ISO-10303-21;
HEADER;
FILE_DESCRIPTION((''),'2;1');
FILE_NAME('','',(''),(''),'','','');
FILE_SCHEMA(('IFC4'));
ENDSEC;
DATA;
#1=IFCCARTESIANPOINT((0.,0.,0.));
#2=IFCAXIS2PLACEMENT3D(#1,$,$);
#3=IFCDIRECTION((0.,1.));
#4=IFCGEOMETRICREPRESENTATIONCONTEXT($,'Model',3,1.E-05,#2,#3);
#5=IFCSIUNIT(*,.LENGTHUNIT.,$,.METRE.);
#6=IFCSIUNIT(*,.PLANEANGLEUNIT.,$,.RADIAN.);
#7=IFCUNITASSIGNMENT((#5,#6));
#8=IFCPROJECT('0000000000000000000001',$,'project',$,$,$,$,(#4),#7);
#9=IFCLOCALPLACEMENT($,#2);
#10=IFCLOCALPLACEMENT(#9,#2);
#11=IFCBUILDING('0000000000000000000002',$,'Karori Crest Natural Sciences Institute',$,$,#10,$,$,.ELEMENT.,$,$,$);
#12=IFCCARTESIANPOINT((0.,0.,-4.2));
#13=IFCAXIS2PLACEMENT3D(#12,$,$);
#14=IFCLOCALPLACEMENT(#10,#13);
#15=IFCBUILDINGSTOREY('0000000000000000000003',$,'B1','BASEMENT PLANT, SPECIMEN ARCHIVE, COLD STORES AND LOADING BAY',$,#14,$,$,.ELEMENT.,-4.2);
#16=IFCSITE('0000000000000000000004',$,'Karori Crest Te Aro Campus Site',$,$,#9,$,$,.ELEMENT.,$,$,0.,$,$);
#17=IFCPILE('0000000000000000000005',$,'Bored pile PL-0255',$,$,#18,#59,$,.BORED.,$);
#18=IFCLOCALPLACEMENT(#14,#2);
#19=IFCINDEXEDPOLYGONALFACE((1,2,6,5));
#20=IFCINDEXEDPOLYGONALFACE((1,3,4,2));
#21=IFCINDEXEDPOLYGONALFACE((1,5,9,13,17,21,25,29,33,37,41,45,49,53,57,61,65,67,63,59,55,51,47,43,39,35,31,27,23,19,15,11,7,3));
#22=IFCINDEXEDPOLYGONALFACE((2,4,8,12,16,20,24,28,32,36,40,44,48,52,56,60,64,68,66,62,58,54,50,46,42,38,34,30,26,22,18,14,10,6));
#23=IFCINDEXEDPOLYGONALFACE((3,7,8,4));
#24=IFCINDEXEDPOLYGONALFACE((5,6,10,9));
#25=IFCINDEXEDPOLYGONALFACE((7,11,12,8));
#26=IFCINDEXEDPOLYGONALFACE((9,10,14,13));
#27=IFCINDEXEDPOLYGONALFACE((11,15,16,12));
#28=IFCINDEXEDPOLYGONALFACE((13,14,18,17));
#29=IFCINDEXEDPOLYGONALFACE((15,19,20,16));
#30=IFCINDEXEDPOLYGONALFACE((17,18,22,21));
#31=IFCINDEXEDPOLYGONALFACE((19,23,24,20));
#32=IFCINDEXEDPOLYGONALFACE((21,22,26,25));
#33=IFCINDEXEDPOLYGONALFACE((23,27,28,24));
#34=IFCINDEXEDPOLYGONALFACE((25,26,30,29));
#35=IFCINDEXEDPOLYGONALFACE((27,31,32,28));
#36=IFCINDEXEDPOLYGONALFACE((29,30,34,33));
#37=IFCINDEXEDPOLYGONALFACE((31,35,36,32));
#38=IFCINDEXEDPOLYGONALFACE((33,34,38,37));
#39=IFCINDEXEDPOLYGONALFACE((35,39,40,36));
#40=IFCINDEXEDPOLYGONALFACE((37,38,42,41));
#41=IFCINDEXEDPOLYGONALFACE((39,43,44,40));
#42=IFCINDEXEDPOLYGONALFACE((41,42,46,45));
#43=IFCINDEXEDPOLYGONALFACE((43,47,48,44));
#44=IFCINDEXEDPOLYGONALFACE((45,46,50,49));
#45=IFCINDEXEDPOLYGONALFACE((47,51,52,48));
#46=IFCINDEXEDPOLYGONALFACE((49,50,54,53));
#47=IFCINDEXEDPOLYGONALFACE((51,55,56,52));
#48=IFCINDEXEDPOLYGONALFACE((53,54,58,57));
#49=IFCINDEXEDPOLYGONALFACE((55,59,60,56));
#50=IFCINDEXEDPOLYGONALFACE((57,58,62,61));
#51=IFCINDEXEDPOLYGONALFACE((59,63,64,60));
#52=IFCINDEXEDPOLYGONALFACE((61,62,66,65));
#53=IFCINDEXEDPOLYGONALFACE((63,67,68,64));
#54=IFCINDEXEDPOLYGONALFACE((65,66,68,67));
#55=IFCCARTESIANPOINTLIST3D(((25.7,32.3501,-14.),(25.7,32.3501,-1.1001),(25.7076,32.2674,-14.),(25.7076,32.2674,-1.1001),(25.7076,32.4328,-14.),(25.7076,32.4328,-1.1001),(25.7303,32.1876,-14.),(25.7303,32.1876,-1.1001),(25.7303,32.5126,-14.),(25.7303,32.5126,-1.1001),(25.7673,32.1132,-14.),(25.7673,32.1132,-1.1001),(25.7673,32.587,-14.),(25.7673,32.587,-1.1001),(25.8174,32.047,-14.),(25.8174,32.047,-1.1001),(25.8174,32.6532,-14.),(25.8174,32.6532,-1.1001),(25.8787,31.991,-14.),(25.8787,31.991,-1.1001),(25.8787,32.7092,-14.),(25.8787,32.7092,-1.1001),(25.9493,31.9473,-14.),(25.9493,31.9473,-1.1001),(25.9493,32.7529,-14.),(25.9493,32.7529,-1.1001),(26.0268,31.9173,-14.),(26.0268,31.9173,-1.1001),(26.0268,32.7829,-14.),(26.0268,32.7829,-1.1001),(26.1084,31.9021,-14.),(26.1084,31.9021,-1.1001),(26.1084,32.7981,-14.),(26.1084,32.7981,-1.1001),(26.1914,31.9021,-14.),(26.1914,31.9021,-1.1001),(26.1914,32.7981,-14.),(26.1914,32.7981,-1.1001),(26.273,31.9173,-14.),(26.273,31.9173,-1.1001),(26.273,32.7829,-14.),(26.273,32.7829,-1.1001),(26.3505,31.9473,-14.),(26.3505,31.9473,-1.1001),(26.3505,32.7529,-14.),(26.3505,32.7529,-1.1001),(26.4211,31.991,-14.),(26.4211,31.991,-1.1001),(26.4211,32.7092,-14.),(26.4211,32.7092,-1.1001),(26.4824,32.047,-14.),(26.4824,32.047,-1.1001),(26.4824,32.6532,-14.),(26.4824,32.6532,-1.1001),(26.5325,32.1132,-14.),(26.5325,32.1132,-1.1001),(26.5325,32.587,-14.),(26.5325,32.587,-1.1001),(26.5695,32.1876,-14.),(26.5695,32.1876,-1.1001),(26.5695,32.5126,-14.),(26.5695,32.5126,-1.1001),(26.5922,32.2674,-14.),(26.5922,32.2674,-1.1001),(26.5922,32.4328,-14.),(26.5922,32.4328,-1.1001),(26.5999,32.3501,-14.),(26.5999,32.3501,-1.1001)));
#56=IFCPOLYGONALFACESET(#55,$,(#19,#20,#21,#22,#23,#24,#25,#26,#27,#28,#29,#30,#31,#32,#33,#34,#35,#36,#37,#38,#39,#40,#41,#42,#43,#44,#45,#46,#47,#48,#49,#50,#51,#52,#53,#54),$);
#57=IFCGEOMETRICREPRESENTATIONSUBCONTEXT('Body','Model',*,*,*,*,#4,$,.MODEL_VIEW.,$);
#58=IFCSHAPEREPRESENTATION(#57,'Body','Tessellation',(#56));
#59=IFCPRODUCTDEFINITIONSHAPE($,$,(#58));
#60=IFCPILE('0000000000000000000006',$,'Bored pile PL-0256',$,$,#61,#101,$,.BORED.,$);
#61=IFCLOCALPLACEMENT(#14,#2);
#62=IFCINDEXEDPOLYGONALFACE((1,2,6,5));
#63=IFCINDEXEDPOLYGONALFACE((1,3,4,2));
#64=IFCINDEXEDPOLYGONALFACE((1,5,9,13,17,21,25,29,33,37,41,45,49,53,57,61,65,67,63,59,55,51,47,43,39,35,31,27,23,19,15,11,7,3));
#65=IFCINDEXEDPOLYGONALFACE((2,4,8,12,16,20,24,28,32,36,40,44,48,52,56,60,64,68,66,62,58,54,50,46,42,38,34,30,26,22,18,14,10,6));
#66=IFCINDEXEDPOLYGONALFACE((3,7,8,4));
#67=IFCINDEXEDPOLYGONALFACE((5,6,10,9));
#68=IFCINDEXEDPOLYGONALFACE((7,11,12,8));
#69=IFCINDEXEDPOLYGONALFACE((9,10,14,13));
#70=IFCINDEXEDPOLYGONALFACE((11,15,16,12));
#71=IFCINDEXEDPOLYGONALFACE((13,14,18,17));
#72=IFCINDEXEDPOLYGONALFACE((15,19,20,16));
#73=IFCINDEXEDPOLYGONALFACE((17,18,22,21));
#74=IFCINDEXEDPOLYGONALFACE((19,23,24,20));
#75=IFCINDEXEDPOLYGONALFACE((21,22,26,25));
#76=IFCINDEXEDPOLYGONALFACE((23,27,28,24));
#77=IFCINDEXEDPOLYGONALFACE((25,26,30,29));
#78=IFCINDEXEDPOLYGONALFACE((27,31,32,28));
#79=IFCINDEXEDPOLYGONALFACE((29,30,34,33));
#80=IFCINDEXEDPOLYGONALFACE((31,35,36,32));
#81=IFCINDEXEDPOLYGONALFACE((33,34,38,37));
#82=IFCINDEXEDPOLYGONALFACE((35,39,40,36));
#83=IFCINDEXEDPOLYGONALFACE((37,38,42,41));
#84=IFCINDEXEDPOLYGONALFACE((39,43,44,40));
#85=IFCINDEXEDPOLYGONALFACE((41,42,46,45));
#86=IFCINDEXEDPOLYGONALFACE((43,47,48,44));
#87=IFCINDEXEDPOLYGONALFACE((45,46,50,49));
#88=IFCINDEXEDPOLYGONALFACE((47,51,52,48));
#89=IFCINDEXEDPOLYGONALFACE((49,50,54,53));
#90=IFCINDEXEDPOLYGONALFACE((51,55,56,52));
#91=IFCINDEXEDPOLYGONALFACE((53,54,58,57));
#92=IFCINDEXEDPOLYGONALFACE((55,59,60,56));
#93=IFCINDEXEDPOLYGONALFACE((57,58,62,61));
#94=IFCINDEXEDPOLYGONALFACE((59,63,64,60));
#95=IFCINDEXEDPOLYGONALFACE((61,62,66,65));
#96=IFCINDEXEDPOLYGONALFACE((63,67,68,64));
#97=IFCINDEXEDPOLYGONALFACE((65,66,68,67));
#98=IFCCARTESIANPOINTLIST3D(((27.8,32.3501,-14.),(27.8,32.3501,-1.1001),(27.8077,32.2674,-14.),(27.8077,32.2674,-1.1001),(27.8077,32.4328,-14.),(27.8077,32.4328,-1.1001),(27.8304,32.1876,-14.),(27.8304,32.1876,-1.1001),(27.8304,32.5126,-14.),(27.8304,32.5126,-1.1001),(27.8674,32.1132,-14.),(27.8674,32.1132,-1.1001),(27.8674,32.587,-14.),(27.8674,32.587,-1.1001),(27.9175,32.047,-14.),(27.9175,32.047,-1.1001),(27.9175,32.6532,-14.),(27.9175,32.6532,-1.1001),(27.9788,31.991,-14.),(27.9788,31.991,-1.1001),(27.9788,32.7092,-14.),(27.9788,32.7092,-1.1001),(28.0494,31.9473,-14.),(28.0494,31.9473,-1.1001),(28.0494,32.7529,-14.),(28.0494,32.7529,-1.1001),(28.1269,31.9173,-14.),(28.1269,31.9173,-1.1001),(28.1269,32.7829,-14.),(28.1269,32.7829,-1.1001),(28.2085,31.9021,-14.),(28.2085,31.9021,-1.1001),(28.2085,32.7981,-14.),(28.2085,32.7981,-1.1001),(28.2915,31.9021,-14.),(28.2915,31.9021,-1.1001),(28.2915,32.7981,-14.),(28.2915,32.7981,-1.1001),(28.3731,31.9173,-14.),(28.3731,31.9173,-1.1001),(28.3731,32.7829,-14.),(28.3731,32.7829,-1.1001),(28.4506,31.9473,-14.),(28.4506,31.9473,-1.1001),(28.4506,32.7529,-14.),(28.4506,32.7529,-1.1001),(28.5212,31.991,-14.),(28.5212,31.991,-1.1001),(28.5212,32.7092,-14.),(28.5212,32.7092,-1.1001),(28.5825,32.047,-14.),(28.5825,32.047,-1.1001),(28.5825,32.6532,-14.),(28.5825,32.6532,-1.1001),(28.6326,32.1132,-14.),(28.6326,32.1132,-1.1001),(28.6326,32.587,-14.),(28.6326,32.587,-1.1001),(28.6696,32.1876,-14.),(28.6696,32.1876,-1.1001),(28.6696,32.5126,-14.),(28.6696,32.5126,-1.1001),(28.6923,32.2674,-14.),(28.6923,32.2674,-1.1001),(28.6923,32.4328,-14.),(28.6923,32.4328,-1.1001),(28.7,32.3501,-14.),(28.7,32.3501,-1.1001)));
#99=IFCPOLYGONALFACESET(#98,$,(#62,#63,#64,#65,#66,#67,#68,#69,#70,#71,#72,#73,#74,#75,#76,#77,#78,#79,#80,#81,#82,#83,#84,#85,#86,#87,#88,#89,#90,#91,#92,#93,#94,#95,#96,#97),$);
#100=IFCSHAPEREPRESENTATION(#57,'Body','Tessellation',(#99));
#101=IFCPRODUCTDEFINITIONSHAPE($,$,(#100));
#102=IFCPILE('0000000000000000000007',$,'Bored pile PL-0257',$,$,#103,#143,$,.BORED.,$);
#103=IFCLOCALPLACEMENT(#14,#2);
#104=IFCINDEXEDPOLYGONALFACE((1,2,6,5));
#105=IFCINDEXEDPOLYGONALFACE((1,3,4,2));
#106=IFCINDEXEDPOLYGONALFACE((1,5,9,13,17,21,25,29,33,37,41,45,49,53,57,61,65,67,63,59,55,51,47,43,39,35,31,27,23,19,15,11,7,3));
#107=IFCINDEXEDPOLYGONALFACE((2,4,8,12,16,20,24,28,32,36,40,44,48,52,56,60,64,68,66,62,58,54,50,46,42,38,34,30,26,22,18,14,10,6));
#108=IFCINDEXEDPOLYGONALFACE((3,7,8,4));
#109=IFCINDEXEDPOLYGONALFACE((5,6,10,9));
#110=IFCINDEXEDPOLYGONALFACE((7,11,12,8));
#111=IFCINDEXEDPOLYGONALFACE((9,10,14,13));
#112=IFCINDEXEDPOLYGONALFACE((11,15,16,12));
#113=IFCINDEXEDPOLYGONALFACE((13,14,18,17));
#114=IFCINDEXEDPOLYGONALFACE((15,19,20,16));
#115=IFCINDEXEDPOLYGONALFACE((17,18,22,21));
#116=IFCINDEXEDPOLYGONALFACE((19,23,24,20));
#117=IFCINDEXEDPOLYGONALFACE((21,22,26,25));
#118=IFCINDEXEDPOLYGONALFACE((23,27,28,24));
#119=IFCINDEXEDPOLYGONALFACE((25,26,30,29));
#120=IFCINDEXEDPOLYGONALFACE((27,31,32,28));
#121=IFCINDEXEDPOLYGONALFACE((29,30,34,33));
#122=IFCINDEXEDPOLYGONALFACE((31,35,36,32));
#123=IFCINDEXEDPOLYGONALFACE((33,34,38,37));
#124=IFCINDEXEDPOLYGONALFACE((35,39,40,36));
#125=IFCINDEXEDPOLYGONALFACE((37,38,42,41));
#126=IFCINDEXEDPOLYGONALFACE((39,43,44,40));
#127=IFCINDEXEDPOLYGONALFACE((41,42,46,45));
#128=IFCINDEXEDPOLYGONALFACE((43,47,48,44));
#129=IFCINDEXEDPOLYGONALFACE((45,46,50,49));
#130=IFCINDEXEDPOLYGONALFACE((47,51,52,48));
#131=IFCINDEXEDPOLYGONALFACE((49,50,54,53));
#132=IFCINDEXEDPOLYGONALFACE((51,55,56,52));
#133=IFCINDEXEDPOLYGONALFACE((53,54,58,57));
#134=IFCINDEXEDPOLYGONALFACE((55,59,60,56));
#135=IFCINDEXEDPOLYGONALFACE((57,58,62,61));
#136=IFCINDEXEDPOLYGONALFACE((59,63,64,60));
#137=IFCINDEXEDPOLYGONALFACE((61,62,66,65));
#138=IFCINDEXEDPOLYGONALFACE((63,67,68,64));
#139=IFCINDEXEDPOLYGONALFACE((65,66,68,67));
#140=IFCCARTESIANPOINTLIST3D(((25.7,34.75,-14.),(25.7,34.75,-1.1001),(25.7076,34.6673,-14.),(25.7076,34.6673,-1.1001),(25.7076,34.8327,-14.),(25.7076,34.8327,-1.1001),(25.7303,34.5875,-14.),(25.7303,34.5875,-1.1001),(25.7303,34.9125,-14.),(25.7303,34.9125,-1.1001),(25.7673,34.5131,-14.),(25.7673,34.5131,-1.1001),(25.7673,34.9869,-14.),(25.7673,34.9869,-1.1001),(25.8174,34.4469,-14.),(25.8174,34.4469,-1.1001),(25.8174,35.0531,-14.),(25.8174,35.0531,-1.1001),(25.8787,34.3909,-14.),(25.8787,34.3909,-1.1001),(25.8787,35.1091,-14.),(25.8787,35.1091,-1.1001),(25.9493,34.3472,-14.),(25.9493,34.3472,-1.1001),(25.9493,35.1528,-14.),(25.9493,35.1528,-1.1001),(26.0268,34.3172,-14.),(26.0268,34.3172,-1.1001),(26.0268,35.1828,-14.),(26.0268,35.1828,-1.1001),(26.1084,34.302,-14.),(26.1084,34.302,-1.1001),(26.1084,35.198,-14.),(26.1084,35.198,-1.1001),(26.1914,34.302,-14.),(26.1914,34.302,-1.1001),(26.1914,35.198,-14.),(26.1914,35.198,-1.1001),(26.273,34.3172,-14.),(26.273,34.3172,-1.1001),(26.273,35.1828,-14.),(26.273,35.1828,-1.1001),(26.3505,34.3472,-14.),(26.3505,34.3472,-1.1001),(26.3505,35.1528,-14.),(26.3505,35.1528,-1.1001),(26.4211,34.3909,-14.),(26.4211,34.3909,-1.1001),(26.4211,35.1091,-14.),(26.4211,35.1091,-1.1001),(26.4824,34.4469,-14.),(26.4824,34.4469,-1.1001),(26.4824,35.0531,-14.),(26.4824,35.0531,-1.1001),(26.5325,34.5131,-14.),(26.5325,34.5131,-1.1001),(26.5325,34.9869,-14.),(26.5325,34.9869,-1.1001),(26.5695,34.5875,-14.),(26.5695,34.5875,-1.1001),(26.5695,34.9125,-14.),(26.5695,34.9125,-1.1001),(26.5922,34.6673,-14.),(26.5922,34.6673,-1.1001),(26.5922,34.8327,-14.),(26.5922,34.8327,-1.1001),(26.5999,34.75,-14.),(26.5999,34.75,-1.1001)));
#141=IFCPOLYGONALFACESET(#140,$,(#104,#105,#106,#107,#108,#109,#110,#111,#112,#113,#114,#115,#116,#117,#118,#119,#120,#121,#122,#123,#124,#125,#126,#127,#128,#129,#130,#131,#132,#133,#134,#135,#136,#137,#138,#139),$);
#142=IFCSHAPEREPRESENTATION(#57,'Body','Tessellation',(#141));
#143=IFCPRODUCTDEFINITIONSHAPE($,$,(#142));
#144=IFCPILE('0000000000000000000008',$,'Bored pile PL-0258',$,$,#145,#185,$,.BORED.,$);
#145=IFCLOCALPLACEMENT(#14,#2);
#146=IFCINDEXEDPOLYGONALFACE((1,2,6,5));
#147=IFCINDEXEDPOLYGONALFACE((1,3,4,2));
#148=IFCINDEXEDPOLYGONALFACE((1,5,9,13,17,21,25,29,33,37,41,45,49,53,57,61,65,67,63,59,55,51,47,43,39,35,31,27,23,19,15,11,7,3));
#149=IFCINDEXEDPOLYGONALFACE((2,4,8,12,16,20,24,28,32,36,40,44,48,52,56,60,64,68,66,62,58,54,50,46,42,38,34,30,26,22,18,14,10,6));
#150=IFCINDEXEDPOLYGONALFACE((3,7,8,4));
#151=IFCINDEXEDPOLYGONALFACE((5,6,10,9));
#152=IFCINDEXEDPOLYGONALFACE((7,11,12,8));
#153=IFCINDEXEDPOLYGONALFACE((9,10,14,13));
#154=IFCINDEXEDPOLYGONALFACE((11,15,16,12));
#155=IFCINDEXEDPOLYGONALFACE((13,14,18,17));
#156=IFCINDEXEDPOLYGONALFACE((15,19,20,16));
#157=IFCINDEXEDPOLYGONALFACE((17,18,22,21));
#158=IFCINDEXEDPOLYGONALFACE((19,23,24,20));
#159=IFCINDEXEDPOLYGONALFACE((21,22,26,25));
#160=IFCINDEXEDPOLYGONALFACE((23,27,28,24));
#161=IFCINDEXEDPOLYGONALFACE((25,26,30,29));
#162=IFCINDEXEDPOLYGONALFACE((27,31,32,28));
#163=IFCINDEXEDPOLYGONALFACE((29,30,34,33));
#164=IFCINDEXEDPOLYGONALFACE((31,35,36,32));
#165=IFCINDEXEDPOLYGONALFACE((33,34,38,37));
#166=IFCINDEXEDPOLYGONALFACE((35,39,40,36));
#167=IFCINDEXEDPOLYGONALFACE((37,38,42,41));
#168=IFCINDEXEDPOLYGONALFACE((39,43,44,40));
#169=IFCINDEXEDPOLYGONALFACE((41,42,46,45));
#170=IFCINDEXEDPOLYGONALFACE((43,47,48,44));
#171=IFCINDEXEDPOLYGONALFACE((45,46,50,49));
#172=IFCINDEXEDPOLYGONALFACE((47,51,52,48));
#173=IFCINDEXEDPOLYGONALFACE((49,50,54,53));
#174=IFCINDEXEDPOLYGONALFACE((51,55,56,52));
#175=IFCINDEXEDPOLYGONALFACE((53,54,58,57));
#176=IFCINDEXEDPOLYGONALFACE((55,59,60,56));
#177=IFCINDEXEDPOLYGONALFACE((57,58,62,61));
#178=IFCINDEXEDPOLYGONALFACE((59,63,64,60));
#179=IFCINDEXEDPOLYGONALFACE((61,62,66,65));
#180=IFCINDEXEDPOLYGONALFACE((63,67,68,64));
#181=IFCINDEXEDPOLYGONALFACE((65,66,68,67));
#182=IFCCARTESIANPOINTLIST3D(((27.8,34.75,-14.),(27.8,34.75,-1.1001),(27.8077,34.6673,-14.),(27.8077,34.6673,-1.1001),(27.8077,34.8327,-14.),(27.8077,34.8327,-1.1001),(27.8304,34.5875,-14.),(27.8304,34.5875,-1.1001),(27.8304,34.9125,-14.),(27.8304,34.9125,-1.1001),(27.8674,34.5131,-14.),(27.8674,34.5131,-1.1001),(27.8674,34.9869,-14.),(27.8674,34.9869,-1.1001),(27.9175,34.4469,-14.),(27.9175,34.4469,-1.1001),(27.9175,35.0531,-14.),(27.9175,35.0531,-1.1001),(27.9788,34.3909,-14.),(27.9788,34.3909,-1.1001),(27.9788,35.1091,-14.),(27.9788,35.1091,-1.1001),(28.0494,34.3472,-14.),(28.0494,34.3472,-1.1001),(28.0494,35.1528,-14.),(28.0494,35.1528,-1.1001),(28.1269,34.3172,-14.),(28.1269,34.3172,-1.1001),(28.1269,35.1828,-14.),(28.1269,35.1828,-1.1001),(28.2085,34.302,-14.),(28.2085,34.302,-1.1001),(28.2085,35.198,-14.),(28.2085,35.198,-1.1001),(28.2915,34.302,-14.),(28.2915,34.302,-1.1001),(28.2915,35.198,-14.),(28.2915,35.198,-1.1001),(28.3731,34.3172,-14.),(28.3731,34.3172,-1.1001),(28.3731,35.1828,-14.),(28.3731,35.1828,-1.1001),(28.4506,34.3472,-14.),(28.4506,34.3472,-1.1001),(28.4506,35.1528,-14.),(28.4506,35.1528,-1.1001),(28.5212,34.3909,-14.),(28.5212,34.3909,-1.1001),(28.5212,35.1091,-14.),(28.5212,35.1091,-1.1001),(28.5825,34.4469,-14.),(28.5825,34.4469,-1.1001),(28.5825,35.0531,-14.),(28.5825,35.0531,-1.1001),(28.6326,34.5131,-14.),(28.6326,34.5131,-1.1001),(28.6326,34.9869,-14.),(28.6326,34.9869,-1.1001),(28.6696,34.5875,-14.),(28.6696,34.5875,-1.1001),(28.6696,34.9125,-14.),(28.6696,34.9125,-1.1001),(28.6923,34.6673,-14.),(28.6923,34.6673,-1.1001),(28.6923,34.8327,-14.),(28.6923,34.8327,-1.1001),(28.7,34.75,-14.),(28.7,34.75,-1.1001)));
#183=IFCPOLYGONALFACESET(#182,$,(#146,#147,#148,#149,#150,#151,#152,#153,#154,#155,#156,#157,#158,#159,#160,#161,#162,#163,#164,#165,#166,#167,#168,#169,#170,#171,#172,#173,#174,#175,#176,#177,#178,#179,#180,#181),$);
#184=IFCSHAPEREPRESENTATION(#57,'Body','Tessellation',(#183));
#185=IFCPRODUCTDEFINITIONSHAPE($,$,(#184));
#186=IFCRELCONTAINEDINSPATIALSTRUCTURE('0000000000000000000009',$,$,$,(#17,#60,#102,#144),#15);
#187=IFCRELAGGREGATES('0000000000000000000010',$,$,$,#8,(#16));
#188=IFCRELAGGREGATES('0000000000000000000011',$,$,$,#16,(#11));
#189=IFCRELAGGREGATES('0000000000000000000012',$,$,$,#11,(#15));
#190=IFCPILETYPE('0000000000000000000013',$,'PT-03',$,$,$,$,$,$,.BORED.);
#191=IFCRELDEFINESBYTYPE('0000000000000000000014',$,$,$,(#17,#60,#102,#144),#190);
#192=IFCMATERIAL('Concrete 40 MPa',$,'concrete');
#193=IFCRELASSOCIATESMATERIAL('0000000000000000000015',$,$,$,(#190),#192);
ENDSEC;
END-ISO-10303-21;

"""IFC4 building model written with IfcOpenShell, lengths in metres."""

from ifc_helpers import new_model, si_unit, direction, frame, origin, origin_2d, place, context, subcontext, project, spatial, circle, extrude, material, material_profile, profile_set, type_object, element, save


model = new_model("IFC4")

# Units and contexts
model_context = context("Model", 3, precision=1e-05, world=origin(), true_north=direction((0.0, 1.0)))
body_context = subcontext(model_context, "Body", "Model", "MODEL_VIEW")
ifc_project = project(units=[si_unit("LENGTHUNIT", "METRE"), si_unit("PLANEANGLEUNIT", "RADIAN")], contexts=[model_context])

# Site, building, storey
site_placement = place(None, origin())
site = spatial("IfcSite", under=ifc_project, at=site_placement, Name="Karori Crest Te Aro Campus Site", CompositionType="ELEMENT", RefElevation=0.0)
building_placement = place(site_placement, origin())
building = spatial("IfcBuilding", under=site, at=building_placement, Name="Karori Crest Natural Sciences Institute", CompositionType="ELEMENT")
storey_placement = place(building_placement, frame((0.0, 0.0, -4.2)))
storey = spatial("IfcBuildingStorey", under=building, at=storey_placement, Name="B1", Description="BASEMENT PLANT, SPECIMEN ARCHIVE, COLD STORES AND LOADING BAY", CompositionType="ELEMENT", Elevation=-4.2)

# Shared definitions
ifc_material_1 = material(Name="Concrete 40 MPa", Category="concrete")

# Piles
ifc_material_profile_1 = material_profile(ifc_material_1, circle(Radius=0.45, at=origin_2d()), Name="PILE900")
ifc_profile_set_1 = profile_set([ifc_material_profile_1], Name="Concrete 40 MPa")
pile_type_1 = type_object("IfcPileType", Name="PT-03", PredefinedType="BORED", material=ifc_profile_set_1)
for number, where, z_axis, x_axis, name in (
    (1, (26.1499, 32.3501, -1.1001), (0.0, 0.0, -1.0), (1.0, 0.0, 0.0), "Bored pile PL-0255"),
    (2, (28.25, 32.3501, -1.1001), (0.0, 0.0, -1.0), (1.0, 0.0, 0.0), "Bored pile PL-0256"),
    (3, (26.1499, 34.75, -1.1001), (0.0, 0.0, -1.0), (1.0, 0.0, 0.0), "Bored pile PL-0257"),
    (4, (28.25, 34.75, -1.1001), (0.0, 0.0, -1.0), (1.0, 0.0, 0.0), "Bored pile PL-0258"),
):
    element("IfcPile", number, at=place(storey_placement, frame(where, z_axis=z_axis, x_axis=x_axis)), inside=storey, type_object=pile_type_1, Name=name, PredefinedType="BORED", context=body_context, shape_type="SweptSolid", body=[
        extrude(circle(Radius=0.45, at=origin_2d()), origin(), (0.0, 0.0, 1.0), 12.8999),
    ])

save(model, "model.ifc")
